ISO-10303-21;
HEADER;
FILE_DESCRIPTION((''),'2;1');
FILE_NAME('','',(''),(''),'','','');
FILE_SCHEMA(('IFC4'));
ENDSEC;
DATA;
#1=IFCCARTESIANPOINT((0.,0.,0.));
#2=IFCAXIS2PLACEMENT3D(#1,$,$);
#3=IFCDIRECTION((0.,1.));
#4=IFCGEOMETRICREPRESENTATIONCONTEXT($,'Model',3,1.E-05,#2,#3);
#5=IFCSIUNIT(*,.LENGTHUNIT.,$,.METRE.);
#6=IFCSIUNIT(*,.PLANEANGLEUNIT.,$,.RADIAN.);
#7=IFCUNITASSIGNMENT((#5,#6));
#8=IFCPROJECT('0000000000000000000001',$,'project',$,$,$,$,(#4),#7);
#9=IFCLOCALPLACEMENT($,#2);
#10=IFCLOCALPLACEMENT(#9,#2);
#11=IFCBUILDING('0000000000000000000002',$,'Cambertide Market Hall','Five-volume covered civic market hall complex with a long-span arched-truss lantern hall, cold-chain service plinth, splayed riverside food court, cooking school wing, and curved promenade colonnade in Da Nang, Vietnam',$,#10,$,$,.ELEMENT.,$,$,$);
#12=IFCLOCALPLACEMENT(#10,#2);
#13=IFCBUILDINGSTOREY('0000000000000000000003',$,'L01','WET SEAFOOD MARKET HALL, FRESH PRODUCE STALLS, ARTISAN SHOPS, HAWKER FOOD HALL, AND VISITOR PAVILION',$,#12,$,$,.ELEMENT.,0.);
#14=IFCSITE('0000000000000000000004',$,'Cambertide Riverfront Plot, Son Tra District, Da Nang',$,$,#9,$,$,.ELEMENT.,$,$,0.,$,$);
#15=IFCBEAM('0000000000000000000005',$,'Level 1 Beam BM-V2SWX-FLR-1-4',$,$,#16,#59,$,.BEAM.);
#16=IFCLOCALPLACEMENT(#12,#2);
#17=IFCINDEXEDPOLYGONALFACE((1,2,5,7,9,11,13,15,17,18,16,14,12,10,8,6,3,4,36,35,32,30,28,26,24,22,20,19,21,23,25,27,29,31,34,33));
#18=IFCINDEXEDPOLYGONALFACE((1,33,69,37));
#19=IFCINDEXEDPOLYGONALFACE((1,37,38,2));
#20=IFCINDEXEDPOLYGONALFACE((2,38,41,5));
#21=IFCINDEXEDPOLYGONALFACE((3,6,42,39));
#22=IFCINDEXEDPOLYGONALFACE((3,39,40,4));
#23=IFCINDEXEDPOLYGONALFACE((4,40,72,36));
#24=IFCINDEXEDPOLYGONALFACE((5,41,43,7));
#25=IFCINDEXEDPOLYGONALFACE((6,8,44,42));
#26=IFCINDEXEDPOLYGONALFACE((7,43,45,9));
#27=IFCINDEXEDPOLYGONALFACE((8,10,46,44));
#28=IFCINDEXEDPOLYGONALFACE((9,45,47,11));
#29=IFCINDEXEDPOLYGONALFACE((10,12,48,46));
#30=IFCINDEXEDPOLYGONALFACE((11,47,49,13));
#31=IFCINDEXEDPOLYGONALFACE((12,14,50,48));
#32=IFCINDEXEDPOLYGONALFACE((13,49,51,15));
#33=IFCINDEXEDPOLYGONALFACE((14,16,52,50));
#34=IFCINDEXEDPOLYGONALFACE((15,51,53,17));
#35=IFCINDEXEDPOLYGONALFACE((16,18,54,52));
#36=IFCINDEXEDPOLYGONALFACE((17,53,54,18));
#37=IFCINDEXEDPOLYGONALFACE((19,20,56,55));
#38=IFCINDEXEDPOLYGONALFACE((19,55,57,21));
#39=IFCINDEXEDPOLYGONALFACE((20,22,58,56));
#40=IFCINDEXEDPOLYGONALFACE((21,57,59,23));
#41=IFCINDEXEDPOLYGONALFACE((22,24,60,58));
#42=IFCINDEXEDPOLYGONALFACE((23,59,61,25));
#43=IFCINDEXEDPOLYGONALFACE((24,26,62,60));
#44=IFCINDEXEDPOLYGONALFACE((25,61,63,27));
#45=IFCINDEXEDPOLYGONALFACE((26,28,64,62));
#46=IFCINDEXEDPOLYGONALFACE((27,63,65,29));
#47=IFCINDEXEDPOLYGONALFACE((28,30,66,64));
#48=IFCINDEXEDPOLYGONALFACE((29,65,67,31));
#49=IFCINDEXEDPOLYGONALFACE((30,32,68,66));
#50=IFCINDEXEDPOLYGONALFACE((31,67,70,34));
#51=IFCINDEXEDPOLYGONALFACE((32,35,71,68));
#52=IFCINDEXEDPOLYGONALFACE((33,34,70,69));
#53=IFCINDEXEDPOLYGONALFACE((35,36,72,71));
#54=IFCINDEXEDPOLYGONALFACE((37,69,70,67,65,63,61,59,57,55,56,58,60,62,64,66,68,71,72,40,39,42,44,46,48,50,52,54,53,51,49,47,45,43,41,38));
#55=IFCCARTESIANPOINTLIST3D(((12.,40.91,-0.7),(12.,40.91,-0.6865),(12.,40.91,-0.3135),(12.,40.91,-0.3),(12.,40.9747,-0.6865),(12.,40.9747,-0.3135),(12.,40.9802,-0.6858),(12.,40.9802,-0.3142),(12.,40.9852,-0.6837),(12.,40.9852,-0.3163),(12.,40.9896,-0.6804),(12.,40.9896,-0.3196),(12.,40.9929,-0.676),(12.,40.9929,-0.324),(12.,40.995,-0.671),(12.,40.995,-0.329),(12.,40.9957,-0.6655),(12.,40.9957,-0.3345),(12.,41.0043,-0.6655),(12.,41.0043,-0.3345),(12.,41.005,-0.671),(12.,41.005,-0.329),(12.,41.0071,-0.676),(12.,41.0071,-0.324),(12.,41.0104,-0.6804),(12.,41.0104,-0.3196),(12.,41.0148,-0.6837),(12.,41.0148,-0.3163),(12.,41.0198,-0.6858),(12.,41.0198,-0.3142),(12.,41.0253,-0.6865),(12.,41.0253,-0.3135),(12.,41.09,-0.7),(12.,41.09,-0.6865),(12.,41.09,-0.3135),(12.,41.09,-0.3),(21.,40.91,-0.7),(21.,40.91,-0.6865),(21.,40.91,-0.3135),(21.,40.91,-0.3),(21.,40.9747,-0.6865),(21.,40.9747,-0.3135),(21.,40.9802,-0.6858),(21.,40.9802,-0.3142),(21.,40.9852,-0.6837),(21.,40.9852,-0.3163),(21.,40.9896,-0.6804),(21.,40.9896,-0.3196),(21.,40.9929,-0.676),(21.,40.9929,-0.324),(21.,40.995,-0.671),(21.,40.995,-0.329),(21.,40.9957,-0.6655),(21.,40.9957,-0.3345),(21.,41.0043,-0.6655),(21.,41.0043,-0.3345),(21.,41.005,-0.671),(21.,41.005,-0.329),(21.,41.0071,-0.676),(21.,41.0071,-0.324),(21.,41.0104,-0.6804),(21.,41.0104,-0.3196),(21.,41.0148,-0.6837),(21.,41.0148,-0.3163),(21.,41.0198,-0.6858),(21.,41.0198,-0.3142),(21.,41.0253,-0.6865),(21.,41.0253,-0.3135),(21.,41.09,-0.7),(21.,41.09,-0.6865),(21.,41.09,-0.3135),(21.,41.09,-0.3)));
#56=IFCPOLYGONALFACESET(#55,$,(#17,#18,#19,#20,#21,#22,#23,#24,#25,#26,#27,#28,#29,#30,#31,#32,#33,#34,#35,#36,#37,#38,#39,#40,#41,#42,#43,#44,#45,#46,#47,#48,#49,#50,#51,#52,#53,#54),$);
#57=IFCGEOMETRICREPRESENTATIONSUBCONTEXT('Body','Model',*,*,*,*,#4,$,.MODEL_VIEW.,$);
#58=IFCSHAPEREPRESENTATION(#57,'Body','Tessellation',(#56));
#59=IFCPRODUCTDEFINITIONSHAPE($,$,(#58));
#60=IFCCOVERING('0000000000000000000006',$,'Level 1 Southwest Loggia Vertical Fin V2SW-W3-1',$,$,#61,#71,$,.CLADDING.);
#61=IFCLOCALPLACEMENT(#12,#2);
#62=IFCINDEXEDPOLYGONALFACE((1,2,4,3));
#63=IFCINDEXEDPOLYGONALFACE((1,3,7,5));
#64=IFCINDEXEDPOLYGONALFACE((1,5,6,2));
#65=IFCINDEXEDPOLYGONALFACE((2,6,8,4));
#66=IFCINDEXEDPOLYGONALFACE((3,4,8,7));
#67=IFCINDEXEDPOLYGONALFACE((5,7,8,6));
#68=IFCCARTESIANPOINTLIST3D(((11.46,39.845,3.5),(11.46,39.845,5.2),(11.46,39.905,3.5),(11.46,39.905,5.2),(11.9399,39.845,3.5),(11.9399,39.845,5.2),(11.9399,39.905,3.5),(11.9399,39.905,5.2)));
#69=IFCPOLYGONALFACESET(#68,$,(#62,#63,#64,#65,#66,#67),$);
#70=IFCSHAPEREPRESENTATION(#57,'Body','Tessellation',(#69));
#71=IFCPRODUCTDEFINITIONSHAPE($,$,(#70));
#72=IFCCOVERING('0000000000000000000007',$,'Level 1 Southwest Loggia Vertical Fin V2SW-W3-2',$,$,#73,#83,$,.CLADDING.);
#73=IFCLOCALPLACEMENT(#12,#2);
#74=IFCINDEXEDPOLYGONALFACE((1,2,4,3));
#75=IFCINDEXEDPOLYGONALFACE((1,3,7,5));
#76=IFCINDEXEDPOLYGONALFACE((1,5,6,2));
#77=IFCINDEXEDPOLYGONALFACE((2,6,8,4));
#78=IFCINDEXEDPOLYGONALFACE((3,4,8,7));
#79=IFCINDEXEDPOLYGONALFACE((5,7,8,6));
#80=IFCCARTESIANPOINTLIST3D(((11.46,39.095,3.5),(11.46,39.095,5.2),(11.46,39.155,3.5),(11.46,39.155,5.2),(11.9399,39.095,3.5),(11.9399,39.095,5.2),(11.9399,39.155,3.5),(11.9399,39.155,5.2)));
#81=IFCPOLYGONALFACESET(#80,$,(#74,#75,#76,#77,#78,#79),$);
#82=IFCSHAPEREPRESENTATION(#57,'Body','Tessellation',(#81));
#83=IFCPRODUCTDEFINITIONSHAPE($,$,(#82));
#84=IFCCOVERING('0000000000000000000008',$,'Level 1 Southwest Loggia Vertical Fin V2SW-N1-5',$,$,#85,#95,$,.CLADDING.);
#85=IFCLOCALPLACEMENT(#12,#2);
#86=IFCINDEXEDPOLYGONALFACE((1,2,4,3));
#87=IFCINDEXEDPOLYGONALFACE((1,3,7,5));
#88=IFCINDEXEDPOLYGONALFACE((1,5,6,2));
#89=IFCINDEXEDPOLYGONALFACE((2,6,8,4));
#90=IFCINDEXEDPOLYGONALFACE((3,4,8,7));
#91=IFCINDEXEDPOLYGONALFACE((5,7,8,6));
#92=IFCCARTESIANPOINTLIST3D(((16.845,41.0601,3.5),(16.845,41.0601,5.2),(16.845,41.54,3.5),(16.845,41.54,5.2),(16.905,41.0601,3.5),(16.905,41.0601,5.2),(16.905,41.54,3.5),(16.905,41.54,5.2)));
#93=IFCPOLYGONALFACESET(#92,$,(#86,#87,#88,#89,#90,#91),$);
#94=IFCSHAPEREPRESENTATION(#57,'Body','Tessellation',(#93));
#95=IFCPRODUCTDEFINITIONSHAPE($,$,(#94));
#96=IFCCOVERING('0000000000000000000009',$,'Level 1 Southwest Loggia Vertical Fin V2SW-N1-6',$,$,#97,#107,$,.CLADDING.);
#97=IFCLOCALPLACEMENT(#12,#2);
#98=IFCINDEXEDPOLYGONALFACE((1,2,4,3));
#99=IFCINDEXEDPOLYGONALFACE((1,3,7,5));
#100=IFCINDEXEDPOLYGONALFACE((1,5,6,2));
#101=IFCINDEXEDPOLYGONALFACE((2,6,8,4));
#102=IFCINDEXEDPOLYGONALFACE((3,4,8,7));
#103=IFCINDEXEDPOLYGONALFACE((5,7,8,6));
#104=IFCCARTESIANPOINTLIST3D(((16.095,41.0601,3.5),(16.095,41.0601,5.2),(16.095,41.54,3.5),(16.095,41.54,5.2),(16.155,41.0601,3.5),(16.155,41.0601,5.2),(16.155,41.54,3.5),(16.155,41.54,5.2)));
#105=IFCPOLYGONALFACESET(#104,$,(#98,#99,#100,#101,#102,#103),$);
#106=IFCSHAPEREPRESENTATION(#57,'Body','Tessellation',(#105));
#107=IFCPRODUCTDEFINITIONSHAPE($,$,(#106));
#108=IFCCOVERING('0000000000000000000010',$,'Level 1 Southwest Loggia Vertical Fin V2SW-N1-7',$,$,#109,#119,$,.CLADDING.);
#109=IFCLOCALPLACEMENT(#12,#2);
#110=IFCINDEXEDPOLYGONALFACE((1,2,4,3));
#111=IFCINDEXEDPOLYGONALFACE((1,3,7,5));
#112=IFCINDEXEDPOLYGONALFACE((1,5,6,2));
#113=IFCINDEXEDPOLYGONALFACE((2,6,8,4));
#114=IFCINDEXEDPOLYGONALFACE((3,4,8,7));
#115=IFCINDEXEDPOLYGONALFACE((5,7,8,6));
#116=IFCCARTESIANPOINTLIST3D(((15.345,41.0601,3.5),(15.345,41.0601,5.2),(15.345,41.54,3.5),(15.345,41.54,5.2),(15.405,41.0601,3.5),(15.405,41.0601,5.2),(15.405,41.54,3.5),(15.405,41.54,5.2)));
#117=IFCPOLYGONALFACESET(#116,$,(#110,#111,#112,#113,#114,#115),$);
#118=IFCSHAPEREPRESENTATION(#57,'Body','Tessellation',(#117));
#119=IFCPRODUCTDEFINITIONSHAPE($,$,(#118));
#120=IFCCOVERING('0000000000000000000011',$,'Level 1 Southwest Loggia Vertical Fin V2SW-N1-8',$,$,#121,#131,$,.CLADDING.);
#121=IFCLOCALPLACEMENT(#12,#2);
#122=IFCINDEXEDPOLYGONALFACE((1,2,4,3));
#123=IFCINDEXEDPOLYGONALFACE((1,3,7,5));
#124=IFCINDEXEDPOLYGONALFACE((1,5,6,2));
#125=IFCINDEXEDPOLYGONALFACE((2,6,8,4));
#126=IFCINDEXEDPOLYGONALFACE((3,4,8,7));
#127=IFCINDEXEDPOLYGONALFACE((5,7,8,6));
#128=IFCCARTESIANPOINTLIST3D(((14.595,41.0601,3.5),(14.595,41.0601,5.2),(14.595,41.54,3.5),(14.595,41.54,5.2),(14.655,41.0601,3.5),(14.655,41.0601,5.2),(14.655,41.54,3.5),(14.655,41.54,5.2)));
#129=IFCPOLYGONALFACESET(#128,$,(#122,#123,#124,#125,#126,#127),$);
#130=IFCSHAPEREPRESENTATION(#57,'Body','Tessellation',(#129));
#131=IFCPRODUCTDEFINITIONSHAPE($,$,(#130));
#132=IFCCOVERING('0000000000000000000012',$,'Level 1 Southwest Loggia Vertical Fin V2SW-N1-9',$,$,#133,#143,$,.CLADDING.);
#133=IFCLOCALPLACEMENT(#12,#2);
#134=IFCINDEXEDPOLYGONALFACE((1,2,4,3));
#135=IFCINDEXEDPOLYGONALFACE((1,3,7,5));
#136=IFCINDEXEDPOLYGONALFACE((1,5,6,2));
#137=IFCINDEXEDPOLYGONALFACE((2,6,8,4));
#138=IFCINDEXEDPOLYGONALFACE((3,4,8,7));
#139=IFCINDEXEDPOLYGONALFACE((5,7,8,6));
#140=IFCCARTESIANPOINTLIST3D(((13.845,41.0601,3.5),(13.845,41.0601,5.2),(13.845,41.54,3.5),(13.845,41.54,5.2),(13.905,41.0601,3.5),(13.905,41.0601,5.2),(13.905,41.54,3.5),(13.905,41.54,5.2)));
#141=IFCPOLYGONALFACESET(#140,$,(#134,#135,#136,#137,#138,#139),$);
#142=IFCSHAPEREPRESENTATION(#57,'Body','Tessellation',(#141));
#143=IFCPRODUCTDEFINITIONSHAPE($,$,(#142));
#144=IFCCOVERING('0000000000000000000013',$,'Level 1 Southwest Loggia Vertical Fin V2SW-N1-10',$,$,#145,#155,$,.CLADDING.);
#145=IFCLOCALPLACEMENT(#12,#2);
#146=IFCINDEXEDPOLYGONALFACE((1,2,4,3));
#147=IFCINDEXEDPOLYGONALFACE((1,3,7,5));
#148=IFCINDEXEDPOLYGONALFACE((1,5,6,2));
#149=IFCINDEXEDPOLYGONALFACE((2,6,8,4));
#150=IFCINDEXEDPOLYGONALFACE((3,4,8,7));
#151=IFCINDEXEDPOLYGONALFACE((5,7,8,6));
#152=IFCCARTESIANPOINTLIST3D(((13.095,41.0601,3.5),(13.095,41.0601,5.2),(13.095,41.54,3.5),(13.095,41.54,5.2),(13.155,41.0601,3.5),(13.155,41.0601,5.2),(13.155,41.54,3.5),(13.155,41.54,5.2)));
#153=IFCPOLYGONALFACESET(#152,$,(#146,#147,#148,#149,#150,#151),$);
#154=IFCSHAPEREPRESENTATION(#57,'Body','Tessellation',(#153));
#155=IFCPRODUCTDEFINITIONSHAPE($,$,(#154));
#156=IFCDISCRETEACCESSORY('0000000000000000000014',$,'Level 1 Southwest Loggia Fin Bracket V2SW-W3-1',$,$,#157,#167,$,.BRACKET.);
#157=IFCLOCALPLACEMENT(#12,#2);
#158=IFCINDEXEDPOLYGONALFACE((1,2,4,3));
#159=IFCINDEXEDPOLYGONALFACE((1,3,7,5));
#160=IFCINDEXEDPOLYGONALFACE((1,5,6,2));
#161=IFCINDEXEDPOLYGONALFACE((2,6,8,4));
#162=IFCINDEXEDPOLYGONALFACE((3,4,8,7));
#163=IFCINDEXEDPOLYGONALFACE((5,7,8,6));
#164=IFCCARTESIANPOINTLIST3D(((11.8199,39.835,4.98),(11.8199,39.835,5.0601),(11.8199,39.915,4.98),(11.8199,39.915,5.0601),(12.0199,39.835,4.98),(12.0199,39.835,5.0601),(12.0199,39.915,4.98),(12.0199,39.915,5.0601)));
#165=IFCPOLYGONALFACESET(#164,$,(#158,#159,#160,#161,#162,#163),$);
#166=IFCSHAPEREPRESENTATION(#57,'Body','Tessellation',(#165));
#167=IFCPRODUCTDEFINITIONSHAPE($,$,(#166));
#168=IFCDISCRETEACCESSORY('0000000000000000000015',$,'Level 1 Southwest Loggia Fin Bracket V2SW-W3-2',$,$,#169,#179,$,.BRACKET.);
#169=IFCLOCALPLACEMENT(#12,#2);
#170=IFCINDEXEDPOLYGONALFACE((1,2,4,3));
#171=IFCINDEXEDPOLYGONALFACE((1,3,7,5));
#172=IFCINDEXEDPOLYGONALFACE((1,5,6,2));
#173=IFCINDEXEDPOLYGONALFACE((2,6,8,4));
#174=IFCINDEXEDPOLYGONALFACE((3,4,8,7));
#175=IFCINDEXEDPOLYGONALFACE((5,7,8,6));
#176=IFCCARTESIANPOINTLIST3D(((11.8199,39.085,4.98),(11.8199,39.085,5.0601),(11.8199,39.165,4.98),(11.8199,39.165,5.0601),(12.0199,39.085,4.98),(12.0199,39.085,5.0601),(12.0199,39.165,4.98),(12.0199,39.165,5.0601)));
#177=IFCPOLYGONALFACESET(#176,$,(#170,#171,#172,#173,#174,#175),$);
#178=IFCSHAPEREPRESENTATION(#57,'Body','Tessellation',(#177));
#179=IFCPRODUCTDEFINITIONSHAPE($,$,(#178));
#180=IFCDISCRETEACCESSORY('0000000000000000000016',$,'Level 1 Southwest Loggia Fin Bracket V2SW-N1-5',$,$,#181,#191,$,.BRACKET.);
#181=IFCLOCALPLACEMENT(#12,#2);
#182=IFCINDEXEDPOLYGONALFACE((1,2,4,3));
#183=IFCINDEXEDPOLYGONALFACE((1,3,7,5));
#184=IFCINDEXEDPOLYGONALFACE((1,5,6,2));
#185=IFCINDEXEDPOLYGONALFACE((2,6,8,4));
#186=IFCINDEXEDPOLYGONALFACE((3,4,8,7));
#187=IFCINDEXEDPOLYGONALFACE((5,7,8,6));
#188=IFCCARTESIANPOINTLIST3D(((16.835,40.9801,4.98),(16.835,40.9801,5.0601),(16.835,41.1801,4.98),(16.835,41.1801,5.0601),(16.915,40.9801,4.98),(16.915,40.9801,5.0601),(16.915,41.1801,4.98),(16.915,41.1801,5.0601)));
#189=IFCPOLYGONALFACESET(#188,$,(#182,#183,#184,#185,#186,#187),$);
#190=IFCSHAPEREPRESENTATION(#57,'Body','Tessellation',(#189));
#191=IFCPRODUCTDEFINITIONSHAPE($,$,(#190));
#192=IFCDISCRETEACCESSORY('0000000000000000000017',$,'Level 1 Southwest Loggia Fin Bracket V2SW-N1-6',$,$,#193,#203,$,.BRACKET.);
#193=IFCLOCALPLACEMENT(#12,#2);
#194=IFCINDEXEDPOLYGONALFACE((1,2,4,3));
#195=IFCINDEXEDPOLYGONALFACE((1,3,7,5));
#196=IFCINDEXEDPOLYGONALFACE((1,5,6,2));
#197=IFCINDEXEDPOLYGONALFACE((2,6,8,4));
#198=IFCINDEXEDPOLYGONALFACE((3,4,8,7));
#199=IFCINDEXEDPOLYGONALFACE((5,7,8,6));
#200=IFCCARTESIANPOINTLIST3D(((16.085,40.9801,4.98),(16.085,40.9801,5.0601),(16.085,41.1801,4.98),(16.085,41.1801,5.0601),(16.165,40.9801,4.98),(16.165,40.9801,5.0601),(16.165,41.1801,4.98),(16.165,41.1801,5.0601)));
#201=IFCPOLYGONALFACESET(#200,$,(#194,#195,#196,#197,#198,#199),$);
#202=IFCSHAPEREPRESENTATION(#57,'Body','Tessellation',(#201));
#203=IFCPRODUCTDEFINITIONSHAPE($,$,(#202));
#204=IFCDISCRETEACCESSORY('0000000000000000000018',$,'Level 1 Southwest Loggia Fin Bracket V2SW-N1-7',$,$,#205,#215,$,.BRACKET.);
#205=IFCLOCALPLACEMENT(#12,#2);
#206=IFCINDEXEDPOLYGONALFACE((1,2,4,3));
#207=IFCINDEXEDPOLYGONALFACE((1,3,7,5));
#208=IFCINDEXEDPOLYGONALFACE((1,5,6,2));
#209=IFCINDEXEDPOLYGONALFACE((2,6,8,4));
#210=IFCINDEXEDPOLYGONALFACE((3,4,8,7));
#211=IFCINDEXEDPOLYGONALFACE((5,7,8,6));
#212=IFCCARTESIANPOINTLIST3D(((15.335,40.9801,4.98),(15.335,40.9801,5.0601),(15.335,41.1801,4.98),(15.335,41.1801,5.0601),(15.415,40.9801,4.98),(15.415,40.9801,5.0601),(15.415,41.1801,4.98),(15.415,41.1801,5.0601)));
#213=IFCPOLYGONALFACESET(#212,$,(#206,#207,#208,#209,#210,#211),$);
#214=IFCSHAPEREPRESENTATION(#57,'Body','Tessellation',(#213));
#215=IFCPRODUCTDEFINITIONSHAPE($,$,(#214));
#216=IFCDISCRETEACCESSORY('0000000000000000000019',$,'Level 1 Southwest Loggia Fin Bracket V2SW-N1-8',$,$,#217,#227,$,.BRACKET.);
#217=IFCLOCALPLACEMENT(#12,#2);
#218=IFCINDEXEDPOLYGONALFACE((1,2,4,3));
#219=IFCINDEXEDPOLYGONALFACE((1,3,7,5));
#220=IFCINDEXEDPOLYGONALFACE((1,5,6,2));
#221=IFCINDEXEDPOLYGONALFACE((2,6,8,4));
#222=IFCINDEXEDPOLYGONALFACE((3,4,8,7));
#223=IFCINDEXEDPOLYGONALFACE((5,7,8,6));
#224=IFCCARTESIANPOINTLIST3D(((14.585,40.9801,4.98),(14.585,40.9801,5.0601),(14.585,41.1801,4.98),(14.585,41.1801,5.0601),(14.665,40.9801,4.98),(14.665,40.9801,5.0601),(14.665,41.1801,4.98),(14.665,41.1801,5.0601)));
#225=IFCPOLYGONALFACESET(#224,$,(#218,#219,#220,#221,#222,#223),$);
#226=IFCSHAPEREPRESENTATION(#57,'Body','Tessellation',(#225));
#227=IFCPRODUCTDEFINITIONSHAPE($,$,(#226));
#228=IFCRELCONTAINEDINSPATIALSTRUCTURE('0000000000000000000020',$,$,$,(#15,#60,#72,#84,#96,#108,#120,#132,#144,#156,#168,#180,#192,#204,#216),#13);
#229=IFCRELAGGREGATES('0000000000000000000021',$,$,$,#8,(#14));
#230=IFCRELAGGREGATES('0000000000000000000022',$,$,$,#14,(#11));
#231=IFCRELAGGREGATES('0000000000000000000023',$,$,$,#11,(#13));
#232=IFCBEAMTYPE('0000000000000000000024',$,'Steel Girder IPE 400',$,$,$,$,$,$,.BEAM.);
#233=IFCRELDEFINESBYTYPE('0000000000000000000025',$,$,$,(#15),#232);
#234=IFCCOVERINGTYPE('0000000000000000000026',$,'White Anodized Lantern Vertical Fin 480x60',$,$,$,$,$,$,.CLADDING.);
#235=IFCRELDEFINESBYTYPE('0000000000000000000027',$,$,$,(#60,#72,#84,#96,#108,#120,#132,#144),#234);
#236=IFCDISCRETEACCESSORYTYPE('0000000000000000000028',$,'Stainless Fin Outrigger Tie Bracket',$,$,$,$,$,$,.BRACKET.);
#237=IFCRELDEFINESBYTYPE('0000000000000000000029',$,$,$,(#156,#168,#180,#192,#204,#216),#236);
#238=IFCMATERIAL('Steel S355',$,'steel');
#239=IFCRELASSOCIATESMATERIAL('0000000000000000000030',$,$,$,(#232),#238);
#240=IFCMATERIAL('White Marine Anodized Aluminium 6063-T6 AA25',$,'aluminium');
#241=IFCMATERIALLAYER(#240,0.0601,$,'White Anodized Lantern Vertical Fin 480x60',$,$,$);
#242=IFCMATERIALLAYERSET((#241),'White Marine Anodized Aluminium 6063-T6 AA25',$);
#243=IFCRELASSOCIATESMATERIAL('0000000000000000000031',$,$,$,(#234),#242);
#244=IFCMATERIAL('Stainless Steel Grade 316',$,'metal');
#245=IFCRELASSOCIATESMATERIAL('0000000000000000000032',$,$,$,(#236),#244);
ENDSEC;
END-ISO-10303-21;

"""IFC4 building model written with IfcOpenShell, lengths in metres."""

from ifc_helpers import new_model, si_unit, direction, frame, origin, origin_2d, place, context, subcontext, project, spatial, rectangle, i_section, extrude, material, layer, layer_set, material_profile, profile_set, type_object, element, save


model = new_model("IFC4")

# Units and contexts
model_context = context("Model", 3, precision=1e-05, world=origin(), true_north=direction((0.0, 1.0)))
body_context = subcontext(model_context, "Body", "Model", "MODEL_VIEW")
ifc_project = project(units=[si_unit("LENGTHUNIT", "METRE"), si_unit("PLANEANGLEUNIT", "RADIAN")], contexts=[model_context])

# Site, building, storey
site_placement = place(None, origin())
site = spatial("IfcSite", under=ifc_project, at=site_placement, Name="Cambertide Riverfront Plot, Son Tra District, Da Nang", CompositionType="ELEMENT", RefElevation=0.0)
building_placement = place(site_placement, origin())
building = spatial("IfcBuilding", under=site, at=building_placement, Name="Cambertide Market Hall", Description="Five-volume covered civic market hall complex with a long-span arched-truss lantern hall, cold-chain service plinth, splayed riverside food court, cooking school wing, and curved promenade colonnade in Da Nang, Vietnam", CompositionType="ELEMENT")
storey_placement = place(building_placement, origin())
storey = spatial("IfcBuildingStorey", under=building, at=storey_placement, Name="L01", Description="WET SEAFOOD MARKET HALL, FRESH PRODUCE STALLS, ARTISAN SHOPS, HAWKER FOOD HALL, AND VISITOR PAVILION", CompositionType="ELEMENT", Elevation=0.0)

# Beam
ifc_material_1 = material(Name="Steel S355", Category="steel")
ifc_material_profile_1 = material_profile(ifc_material_1, i_section(OverallWidth=0.1799, OverallDepth=0.3999, WebThickness=0.0085, FlangeThickness=0.0134, FilletRadius=0.021, at=origin_2d()), Name="IPE 400")
ifc_profile_set_1 = profile_set([ifc_material_profile_1], Name="Steel S355")
beam_type_1 = type_object("IfcBeamType", Name="Steel Girder IPE 400", PredefinedType="BEAM", material=ifc_profile_set_1)
beam_1_placement = place(storey_placement, frame((12.0, 41.0, -0.5), z_axis=(1.0, 0.0, 0.0), x_axis=(0.0, 1.0, 0.0)))
element("IfcBeam", 1, at=beam_1_placement, inside=storey, type_object=beam_type_1, Name="Level 1 Beam BM-V2SWX-FLR-1-4", PredefinedType="BEAM", context=body_context, shape_type="SweptSolid", body=[
    extrude(i_section(OverallWidth=0.1799, OverallDepth=0.3999, WebThickness=0.0085, FlangeThickness=0.0134, FilletRadius=0.021, at=origin_2d()), origin(), (0.0, 0.0, 1.0), 9.0),
])

# Coverings
ifc_material_2 = material(Name="White Marine Anodized Aluminium 6063-T6 AA25", Category="aluminium")
ifc_layer = layer(ifc_material_2, 0.0601, Name="White Anodized Lantern Vertical Fin 480x60")
ifc_layer_set = layer_set([ifc_layer], Name="White Marine Anodized Aluminium 6063-T6 AA25")
covering_type = type_object("IfcCoveringType", Name="White Anodized Lantern Vertical Fin 480x60", PredefinedType="CLADDING", material=ifc_layer_set)
for number, where, z_axis, x_axis, name in (
    (2, (11.7, 39.875, 3.5), (0.0, 0.0, 1.0), (0.0, 1.0, 0.0), "Level 1 Southwest Loggia Vertical Fin V2SW-W3-1"),
    (3, (11.7, 39.125, 3.5), (0.0, 0.0, 1.0), (0.0, 1.0, 0.0), "Level 1 Southwest Loggia Vertical Fin V2SW-W3-2"),
    (4, (16.875, 41.3, 3.5), (0.0, 0.0, 1.0), (-1.0, 0.0, 0.0), "Level 1 Southwest Loggia Vertical Fin V2SW-N1-5"),
    (5, (16.125, 41.3, 3.5), (0.0, 0.0, 1.0), (-1.0, 0.0, 0.0), "Level 1 Southwest Loggia Vertical Fin V2SW-N1-6"),
    (6, (15.375, 41.3, 3.5), (0.0, 0.0, 1.0), (-1.0, 0.0, 0.0), "Level 1 Southwest Loggia Vertical Fin V2SW-N1-7"),
    (7, (14.625, 41.3, 3.5), (0.0, 0.0, 1.0), (-1.0, 0.0, 0.0), "Level 1 Southwest Loggia Vertical Fin V2SW-N1-8"),
    (8, (13.875, 41.3, 3.5), (0.0, 0.0, 1.0), (-1.0, 0.0, 0.0), "Level 1 Southwest Loggia Vertical Fin V2SW-N1-9"),
    (9, (13.125, 41.3, 3.5), (0.0, 0.0, 1.0), (-1.0, 0.0, 0.0), "Level 1 Southwest Loggia Vertical Fin V2SW-N1-10"),
):
    element("IfcCovering", number, at=place(storey_placement, frame(where, z_axis=z_axis, x_axis=x_axis)), inside=storey, type_object=covering_type, Name=name, PredefinedType="CLADDING", context=body_context, shape_type="SweptSolid", body=[
        extrude(rectangle(XDim=0.0601, YDim=0.48, at=origin_2d()), origin(), (0.0, 0.0, 1.0), 1.7),
    ])

# Discrete accessories
ifc_material_3 = material(Name="Stainless Steel Grade 316", Category="metal")
discrete_accessory_type = type_object("IfcDiscreteAccessoryType", Name="Stainless Fin Outrigger Tie Bracket", PredefinedType="BRACKET", material=ifc_material_3)
for number, where, z_axis, x_axis, name in (
    (10, (11.9199, 39.875, 4.98), (0.0, 0.0, 1.0), (0.0, 1.0, 0.0), "Level 1 Southwest Loggia Fin Bracket V2SW-W3-1"),
    (11, (11.9199, 39.125, 4.98), (0.0, 0.0, 1.0), (0.0, 1.0, 0.0), "Level 1 Southwest Loggia Fin Bracket V2SW-W3-2"),
    (12, (16.875, 41.0801, 4.98), (0.0, 0.0, 1.0), (-1.0, 0.0, 0.0), "Level 1 Southwest Loggia Fin Bracket V2SW-N1-5"),
    (13, (16.125, 41.0801, 4.98), (0.0, 0.0, 1.0), (-1.0, 0.0, 0.0), "Level 1 Southwest Loggia Fin Bracket V2SW-N1-6"),
    (14, (15.375, 41.0801, 4.98), (0.0, 0.0, 1.0), (-1.0, 0.0, 0.0), "Level 1 Southwest Loggia Fin Bracket V2SW-N1-7"),
    (15, (14.625, 41.0801, 4.98), (0.0, 0.0, 1.0), (-1.0, 0.0, 0.0), "Level 1 Southwest Loggia Fin Bracket V2SW-N1-8"),
):
    element("IfcDiscreteAccessory", number, at=place(storey_placement, frame(where, z_axis=z_axis, x_axis=x_axis)), inside=storey, type_object=discrete_accessory_type, Name=name, PredefinedType="BRACKET", context=body_context, shape_type="SweptSolid", body=[
        extrude(rectangle(XDim=0.0801, YDim=0.2, at=origin_2d()), origin(), (0.0, 0.0, 1.0), 0.0801),
    ])

save(model, "model.ifc")
